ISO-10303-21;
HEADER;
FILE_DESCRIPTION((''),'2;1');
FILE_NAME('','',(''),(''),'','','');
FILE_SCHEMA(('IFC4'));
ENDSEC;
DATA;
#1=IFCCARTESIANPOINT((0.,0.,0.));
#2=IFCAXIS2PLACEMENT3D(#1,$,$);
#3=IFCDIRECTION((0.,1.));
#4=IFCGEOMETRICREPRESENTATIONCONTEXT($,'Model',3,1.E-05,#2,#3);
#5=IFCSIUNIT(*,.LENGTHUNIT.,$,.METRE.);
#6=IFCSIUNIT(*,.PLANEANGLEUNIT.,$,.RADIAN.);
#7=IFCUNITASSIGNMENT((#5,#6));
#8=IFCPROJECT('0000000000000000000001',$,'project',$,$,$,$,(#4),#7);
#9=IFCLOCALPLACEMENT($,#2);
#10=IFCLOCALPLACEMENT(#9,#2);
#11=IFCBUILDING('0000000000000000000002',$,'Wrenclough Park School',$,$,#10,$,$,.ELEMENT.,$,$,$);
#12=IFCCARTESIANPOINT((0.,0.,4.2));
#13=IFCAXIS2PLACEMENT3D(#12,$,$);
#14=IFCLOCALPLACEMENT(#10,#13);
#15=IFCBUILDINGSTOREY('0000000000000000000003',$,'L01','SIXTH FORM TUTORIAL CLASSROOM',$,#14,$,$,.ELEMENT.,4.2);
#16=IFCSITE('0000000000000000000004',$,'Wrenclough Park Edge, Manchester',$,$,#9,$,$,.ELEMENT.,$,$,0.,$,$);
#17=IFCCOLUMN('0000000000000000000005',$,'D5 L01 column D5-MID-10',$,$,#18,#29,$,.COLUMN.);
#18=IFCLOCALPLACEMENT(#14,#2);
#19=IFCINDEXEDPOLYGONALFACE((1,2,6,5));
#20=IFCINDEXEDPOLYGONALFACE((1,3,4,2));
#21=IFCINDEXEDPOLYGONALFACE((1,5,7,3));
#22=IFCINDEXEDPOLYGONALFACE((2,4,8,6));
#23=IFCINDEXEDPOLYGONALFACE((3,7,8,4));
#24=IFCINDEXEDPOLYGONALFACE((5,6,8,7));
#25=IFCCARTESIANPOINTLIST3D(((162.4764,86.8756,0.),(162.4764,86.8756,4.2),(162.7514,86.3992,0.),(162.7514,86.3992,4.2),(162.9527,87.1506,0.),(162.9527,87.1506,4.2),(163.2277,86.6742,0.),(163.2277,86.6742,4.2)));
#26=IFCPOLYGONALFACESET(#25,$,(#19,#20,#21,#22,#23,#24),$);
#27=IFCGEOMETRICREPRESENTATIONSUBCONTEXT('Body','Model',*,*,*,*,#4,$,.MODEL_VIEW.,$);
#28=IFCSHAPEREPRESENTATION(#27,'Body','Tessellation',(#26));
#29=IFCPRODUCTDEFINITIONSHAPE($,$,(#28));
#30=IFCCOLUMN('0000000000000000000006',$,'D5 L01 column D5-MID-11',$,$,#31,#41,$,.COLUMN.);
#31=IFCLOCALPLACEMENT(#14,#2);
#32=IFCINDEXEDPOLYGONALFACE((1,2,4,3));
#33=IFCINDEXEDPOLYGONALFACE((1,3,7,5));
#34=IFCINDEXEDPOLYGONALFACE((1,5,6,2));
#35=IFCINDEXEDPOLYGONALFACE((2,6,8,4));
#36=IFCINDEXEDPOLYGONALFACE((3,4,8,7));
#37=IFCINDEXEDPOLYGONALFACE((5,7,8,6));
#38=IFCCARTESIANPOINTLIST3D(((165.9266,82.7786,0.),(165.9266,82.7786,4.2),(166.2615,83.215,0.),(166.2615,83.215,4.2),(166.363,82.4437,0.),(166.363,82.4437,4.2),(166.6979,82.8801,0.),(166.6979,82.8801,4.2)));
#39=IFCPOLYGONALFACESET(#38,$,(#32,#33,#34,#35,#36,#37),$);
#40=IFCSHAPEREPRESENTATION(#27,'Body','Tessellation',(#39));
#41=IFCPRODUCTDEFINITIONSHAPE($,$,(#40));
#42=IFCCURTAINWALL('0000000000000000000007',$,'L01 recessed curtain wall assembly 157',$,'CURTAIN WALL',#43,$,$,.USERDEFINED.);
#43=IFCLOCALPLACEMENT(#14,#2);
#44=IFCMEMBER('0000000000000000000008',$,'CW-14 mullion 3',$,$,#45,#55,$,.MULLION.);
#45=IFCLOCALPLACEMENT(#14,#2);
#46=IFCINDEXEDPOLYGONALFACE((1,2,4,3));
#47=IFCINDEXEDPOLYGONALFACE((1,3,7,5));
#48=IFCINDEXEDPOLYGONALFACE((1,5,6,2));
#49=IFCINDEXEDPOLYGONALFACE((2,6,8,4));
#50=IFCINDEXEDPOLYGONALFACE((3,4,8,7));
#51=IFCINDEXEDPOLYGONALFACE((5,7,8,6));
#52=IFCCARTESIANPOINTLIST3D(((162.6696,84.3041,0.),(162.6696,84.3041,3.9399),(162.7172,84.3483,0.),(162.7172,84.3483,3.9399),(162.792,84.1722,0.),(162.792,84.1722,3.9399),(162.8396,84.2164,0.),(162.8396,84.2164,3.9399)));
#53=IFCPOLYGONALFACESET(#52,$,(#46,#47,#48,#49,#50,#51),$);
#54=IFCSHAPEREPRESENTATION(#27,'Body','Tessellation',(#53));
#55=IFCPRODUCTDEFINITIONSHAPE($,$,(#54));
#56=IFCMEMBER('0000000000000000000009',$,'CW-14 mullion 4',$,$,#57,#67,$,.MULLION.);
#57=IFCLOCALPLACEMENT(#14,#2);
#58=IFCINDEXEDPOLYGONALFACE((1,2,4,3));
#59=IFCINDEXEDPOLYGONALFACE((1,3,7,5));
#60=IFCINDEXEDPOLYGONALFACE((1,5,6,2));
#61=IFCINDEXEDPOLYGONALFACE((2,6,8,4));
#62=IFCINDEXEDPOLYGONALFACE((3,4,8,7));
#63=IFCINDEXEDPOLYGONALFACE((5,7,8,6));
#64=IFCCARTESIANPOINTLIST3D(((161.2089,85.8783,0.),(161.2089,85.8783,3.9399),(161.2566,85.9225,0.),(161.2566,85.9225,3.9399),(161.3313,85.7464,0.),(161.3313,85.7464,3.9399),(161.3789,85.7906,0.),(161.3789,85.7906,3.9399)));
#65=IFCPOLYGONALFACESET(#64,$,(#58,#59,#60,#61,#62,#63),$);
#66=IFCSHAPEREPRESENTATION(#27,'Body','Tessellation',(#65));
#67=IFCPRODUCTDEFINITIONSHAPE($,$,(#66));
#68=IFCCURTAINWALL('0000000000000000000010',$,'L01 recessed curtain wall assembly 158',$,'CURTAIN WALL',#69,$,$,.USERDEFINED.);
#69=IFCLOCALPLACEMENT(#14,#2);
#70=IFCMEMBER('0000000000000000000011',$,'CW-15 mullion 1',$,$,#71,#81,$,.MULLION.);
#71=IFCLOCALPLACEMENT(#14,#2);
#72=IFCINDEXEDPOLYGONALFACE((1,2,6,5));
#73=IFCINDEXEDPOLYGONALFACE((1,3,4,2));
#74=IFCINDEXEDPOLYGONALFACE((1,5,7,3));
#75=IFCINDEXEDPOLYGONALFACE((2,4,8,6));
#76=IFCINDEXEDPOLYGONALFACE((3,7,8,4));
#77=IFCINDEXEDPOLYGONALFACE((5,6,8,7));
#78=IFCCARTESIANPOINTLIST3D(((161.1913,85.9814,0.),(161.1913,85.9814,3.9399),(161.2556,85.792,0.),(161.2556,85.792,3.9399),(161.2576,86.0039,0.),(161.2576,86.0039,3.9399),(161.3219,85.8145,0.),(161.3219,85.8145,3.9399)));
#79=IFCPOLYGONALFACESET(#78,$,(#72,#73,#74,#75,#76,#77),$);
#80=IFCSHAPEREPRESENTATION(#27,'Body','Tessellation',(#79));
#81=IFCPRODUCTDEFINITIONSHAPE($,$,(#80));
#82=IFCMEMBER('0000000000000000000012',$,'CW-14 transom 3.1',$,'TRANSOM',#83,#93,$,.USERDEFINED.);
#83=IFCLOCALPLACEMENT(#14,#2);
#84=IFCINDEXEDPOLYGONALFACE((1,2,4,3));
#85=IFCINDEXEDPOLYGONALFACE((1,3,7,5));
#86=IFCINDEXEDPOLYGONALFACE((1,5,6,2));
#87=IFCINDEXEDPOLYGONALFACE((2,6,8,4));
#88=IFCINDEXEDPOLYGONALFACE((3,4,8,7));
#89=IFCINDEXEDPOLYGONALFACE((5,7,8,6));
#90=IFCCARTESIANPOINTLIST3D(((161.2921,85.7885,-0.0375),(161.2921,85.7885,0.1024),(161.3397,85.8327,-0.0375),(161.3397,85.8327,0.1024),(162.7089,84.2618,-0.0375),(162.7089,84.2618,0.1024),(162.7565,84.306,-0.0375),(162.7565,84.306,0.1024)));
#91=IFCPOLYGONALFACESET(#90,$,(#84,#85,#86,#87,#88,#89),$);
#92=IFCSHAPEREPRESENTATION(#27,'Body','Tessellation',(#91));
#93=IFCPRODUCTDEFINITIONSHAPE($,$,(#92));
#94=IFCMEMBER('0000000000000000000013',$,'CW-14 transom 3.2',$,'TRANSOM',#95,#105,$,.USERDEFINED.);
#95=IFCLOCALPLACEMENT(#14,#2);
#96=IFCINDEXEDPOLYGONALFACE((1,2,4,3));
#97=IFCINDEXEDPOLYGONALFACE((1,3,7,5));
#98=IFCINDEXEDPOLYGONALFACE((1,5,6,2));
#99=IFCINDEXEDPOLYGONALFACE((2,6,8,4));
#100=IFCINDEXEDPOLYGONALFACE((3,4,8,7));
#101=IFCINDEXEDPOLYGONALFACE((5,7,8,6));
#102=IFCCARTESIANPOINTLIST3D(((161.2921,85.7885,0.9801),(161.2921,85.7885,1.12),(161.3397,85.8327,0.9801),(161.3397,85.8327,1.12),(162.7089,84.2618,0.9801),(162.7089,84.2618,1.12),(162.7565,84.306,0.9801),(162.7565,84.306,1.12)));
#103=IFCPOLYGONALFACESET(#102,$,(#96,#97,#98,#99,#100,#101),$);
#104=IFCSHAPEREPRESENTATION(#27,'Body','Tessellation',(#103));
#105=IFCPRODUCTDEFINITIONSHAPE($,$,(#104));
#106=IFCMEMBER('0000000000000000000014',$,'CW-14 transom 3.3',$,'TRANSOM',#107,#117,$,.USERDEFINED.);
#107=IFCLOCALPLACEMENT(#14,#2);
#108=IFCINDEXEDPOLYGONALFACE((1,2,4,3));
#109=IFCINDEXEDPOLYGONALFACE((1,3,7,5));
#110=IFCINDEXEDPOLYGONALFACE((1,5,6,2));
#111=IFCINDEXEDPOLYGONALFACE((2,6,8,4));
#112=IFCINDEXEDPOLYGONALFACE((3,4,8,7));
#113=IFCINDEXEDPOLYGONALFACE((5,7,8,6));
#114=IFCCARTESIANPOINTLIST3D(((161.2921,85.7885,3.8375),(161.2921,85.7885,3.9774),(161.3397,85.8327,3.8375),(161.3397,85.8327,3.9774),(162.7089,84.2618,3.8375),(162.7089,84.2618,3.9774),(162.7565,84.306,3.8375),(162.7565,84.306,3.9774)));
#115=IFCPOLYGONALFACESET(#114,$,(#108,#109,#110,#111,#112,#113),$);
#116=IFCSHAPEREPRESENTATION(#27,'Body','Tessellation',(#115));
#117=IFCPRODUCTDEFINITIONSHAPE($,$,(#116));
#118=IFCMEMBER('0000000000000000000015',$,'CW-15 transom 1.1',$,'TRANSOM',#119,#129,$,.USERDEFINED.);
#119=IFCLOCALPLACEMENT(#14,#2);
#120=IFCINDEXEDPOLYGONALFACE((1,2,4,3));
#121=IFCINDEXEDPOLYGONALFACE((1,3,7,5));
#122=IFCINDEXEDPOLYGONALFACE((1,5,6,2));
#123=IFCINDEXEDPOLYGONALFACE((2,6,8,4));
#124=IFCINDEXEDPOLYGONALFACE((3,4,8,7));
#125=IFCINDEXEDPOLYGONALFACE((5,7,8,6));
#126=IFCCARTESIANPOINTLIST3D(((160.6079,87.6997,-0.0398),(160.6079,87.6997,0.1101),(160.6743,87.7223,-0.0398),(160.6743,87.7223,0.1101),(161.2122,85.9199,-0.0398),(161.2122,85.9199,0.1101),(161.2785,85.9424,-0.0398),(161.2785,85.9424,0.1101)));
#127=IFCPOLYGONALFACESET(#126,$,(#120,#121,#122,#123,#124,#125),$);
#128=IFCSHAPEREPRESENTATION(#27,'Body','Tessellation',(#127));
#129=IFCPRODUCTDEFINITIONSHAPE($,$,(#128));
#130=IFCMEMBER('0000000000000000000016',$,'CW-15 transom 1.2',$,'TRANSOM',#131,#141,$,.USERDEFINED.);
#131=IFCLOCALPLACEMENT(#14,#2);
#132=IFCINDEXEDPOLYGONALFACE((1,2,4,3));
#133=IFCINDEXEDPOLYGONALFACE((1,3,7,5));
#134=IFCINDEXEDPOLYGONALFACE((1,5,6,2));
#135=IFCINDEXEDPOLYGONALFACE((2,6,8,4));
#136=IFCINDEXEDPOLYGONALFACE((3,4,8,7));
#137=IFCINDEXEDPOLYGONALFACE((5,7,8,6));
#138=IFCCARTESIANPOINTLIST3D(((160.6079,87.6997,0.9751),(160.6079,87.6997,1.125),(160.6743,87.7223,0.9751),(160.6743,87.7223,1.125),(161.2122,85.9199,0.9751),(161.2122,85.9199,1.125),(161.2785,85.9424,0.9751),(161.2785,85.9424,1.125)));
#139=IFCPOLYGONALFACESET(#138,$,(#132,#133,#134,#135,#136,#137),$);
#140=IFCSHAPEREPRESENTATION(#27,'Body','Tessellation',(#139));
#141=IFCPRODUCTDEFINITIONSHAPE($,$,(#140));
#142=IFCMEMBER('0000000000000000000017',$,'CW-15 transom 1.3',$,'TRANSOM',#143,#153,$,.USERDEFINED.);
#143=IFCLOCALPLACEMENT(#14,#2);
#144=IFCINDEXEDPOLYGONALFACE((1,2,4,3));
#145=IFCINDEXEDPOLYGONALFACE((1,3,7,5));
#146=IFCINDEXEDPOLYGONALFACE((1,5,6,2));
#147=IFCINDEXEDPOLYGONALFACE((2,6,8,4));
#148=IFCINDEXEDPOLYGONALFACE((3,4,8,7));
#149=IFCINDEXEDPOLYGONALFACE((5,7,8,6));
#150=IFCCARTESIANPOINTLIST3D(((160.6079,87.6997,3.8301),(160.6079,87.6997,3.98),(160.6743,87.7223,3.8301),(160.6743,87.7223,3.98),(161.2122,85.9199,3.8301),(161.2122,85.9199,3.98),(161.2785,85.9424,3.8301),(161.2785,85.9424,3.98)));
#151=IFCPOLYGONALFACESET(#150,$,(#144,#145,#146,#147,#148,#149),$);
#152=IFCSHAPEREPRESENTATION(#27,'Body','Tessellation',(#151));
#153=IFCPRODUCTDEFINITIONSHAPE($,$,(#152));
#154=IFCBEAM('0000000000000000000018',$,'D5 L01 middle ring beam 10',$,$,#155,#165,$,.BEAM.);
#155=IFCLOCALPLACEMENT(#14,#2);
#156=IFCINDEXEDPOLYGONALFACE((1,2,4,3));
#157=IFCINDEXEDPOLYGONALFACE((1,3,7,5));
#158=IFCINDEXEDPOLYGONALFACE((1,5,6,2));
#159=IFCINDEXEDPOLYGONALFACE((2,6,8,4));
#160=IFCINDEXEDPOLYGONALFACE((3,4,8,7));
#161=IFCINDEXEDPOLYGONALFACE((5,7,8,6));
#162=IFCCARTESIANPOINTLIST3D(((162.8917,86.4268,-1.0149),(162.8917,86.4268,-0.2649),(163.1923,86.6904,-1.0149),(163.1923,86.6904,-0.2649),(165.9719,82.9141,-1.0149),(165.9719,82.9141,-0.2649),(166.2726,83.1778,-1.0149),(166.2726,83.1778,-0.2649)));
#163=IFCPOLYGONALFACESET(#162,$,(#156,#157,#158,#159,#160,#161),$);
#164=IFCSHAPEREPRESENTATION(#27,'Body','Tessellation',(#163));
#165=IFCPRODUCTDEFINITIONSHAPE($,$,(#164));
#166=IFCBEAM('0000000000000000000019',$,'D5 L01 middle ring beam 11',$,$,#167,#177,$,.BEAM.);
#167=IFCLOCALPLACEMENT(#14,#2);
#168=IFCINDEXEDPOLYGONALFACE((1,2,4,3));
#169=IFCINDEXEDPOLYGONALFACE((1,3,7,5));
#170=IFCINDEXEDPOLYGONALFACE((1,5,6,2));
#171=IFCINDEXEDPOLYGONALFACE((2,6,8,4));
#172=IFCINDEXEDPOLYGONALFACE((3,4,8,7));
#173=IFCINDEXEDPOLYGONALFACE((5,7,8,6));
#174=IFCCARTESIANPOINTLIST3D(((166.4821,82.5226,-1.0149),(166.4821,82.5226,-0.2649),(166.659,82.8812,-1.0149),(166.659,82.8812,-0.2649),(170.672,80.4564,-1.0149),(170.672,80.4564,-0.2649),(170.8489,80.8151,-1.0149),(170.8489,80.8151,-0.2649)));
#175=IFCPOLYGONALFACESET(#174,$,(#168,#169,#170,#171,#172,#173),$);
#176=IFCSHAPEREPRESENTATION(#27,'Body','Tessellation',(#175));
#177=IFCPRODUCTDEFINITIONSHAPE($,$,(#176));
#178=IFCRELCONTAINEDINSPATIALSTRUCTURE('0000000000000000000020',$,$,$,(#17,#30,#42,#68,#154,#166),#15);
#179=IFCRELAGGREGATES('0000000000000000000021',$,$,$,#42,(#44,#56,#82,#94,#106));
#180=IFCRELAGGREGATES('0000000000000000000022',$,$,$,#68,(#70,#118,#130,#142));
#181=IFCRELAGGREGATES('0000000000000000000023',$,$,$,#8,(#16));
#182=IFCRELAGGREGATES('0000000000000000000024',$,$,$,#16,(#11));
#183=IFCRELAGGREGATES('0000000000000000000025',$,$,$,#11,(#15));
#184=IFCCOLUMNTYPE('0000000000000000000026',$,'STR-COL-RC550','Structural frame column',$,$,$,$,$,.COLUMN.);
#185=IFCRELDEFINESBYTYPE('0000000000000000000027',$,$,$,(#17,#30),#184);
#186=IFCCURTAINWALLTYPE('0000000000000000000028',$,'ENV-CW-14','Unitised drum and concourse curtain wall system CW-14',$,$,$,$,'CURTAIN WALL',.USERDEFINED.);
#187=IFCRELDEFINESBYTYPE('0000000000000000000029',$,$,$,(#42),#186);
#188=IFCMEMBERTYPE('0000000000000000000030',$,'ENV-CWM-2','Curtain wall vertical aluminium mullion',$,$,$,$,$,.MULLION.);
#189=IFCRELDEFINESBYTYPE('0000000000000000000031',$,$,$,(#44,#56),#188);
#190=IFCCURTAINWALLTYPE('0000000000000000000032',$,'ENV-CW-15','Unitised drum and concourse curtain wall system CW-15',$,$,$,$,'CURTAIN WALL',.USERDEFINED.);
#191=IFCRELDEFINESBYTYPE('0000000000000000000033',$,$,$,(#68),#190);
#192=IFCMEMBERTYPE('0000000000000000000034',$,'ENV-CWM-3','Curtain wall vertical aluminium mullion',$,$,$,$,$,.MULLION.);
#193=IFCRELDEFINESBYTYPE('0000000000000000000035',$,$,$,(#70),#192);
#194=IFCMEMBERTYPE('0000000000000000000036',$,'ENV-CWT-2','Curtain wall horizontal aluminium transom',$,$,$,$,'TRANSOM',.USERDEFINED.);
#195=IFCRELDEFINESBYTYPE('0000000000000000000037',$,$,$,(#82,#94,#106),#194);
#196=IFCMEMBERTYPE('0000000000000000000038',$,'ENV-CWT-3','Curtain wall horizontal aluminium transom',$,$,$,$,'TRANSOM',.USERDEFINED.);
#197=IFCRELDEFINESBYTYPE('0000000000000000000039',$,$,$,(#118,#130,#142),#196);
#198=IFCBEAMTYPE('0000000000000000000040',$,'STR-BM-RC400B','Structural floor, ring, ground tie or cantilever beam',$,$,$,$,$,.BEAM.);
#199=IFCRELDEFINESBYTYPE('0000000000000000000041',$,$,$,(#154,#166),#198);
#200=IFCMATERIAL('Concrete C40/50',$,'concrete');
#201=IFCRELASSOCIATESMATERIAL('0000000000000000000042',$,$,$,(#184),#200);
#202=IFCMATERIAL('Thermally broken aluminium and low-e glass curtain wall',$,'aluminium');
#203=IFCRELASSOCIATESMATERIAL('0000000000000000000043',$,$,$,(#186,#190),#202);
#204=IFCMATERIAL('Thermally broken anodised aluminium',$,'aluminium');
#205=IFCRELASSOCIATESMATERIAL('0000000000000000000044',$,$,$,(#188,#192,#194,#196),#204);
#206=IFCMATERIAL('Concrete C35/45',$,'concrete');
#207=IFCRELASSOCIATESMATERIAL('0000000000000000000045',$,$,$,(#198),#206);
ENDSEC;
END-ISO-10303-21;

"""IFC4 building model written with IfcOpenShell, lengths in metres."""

from ifc_helpers import new_model, si_unit, direction, frame, origin, origin_2d, place, context, subcontext, project, spatial, rectangle, extrude, material, material_profile, profile_set, type_object, element, aggregate, save


model = new_model("IFC4")

# Units and contexts
model_context = context("Model", 3, precision=1e-05, world=origin(), true_north=direction((0.0, 1.0)))
body_context = subcontext(model_context, "Body", "Model", "MODEL_VIEW")
ifc_project = project(units=[si_unit("LENGTHUNIT", "METRE"), si_unit("PLANEANGLEUNIT", "RADIAN")], contexts=[model_context])

# Site, building, storey
site_placement = place(None, origin())
site = spatial("IfcSite", under=ifc_project, at=site_placement, Name="Wrenclough Park Edge, Manchester", CompositionType="ELEMENT", RefElevation=0.0)
building_placement = place(site_placement, origin())
building = spatial("IfcBuilding", under=site, at=building_placement, Name="Wrenclough Park School", CompositionType="ELEMENT")
storey_placement = place(building_placement, frame((0.0, 0.0, 4.2)))
storey = spatial("IfcBuildingStorey", under=building, at=storey_placement, Name="L01", Description="SIXTH FORM TUTORIAL CLASSROOM", CompositionType="ELEMENT", Elevation=4.2)

# Columns
ifc_material_1 = material(Name="Concrete C40/50", Category="concrete")
ifc_material_profile_1 = material_profile(ifc_material_1, rectangle(XDim=0.55, YDim=0.55, at=origin_2d()), Name="RC COL 550x550")
ifc_profile_set_1 = profile_set([ifc_material_profile_1], Name="Concrete C40/50")
column_type = type_object("IfcColumnType", Name="STR-COL-RC550", Description="Structural frame column", PredefinedType="COLUMN", material=ifc_profile_set_1)
for number, where, z_axis, x_axis, name in (
    (1, (162.8521, 86.7749, 0.0), (0.0, 0.0, 1.0), (0.5, -0.866025, 0.0), "D5 L01 column D5-MID-10"),
    (2, (166.3123, 82.8293, 0.0), (0.0, 0.0, 1.0), (0.793353, -0.608761, 0.0), "D5 L01 column D5-MID-11"),
):
    element("IfcColumn", number, at=place(storey_placement, frame(where, z_axis=z_axis, x_axis=x_axis)), inside=storey, type_object=column_type, Name=name, PredefinedType="COLUMN", context=body_context, shape_type="SweptSolid", body=[
        extrude(rectangle(XDim=0.55, YDim=0.55, at=origin_2d()), origin(), (0.0, 0.0, 1.0), 4.2),
    ])

# Curtain wall, members
ifc_material_2 = material(Name="Thermally broken aluminium and low-e glass curtain wall", Category="aluminium")
curtain_wall_type_1 = type_object("IfcCurtainWallType", Name="ENV-CW-14", Description="Unitised drum and concourse curtain wall system CW-14", ElementType="CURTAIN WALL", PredefinedType="USERDEFINED", material=ifc_material_2)
curtain_wall_1_placement = place(storey_placement, origin())
curtain_wall_1 = element("IfcCurtainWall", 3, at=curtain_wall_1_placement, inside=storey, type_object=curtain_wall_type_1, Name="L01 recessed curtain wall assembly 157", ObjectType="CURTAIN WALL", PredefinedType="USERDEFINED")
ifc_material_3 = material(Name="Thermally broken anodised aluminium", Category="aluminium")
ifc_material_profile_2 = material_profile(ifc_material_3, rectangle(XDim=0.0649, YDim=0.1799, at=origin_2d()), Name="AL MULLION 65x180")
ifc_profile_set_2 = profile_set([ifc_material_profile_2], Name="Thermally broken anodised aluminium")
member_type_1 = type_object("IfcMemberType", Name="ENV-CWM-2", Description="Curtain wall vertical aluminium mullion", PredefinedType="MULLION", material=ifc_profile_set_2)
member_1_placement = place(storey_placement, frame((162.7546, 84.2603, 0.0), z_axis=(0.0, 0.0, 1.0), x_axis=(-0.733013, -0.680215, 0.0)))
member_1 = element("IfcMember", 4, at=member_1_placement, type_object=member_type_1, Name="CW-14 mullion 3", PredefinedType="MULLION", context=body_context, shape_type="SweptSolid", body=[
    extrude(rectangle(XDim=0.0649, YDim=0.1799, at=origin_2d()), origin(), (0.0, 0.0, 1.0), 3.9399),
])
member_2_placement = place(storey_placement, frame((161.2939, 85.8345, 0.0), z_axis=(0.0, 0.0, 1.0), x_axis=(-0.733013, -0.680215, 0.0)))
member_2 = element("IfcMember", 5, at=member_2_placement, type_object=member_type_1, Name="CW-14 mullion 4", PredefinedType="MULLION", context=body_context, shape_type="SweptSolid", body=[
    extrude(rectangle(XDim=0.0649, YDim=0.1799, at=origin_2d()), origin(), (0.0, 0.0, 1.0), 3.9399),
])

# Curtain wall, member
curtain_wall_type_2 = type_object("IfcCurtainWallType", Name="ENV-CW-15", Description="Unitised drum and concourse curtain wall system CW-15", ElementType="CURTAIN WALL", PredefinedType="USERDEFINED", material=ifc_material_2)
curtain_wall_2_placement = place(storey_placement, origin())
curtain_wall_2 = element("IfcCurtainWall", 6, at=curtain_wall_2_placement, inside=storey, type_object=curtain_wall_type_2, Name="L01 recessed curtain wall assembly 158", ObjectType="CURTAIN WALL", PredefinedType="USERDEFINED")
ifc_material_profile_3 = material_profile(ifc_material_3, rectangle(XDim=0.0701, YDim=0.2, at=origin_2d()), Name="AL MULLION 70x200")
ifc_profile_set_3 = profile_set([ifc_material_profile_3], Name="Thermally broken anodised aluminium")
member_type_2 = type_object("IfcMemberType", Name="ENV-CWM-3", Description="Curtain wall vertical aluminium mullion", PredefinedType="MULLION", material=ifc_profile_set_3)
member_3_placement = place(storey_placement, frame((161.2566, 85.8979, 0.0), z_axis=(0.0, 0.0, 1.0), x_axis=(-0.946934, -0.321429, 0.0)))
member_3 = element("IfcMember", 7, at=member_3_placement, type_object=member_type_2, Name="CW-15 mullion 1", PredefinedType="MULLION", context=body_context, shape_type="SweptSolid", body=[
    extrude(rectangle(XDim=0.0701, YDim=0.2, at=origin_2d()), origin(), (0.0, 0.0, 1.0), 3.9399),
])

# Members
ifc_material_profile_4 = material_profile(ifc_material_3, rectangle(XDim=0.0649, YDim=0.1399, at=origin_2d()), Name="AL TRANSOM 65x140")
ifc_profile_set_4 = profile_set([ifc_material_profile_4], Name="Thermally broken anodised aluminium")
member_type_3 = type_object("IfcMemberType", Name="ENV-CWT-2", Description="Curtain wall horizontal aluminium transom", ElementType="TRANSOM", PredefinedType="USERDEFINED", material=ifc_profile_set_4)
member_4_placement = place(storey_placement, frame((162.7327, 84.2839, 0.0325), z_axis=(-0.68024, 0.73299, 0.0), x_axis=(-0.73299, -0.68024, 0.0)))
member_4 = element("IfcMember", 8, at=member_4_placement, type_object=member_type_3, Name="CW-14 transom 3.1", ObjectType="TRANSOM", PredefinedType="USERDEFINED", context=body_context, shape_type="SweptSolid", body=[
    extrude(rectangle(XDim=0.0649, YDim=0.1399, at=origin_2d()), origin(), (0.0, 0.0, 1.0), 2.0828),
])
member_5_placement = place(storey_placement, frame((162.7327, 84.2839, 1.05), z_axis=(-0.68024, 0.73299, 0.0), x_axis=(-0.73299, -0.68024, 0.0)))
member_5 = element("IfcMember", 9, at=member_5_placement, type_object=member_type_3, Name="CW-14 transom 3.2", ObjectType="TRANSOM", PredefinedType="USERDEFINED", context=body_context, shape_type="SweptSolid", body=[
    extrude(rectangle(XDim=0.0649, YDim=0.1399, at=origin_2d()), origin(), (0.0, 0.0, 1.0), 2.0828),
])
member_6_placement = place(storey_placement, frame((162.7327, 84.2839, 3.9075), z_axis=(-0.68024, 0.73299, 0.0), x_axis=(-0.73299, -0.68024, 0.0)))
member_6 = element("IfcMember", 10, at=member_6_placement, type_object=member_type_3, Name="CW-14 transom 3.3", ObjectType="TRANSOM", PredefinedType="USERDEFINED", context=body_context, shape_type="SweptSolid", body=[
    extrude(rectangle(XDim=0.0649, YDim=0.1399, at=origin_2d()), origin(), (0.0, 0.0, 1.0), 2.0828),
])
ifc_material_profile_5 = material_profile(ifc_material_3, rectangle(XDim=0.0701, YDim=0.1499, at=origin_2d()), Name="AL TRANSOM 70x150")
ifc_profile_set_5 = profile_set([ifc_material_profile_5], Name="Thermally broken anodised aluminium")
member_type_4 = type_object("IfcMemberType", Name="ENV-CWT-3", Description="Curtain wall horizontal aluminium transom", ElementType="TRANSOM", PredefinedType="USERDEFINED", material=ifc_profile_set_5)
member_7_placement = place(storey_placement, frame((161.2454, 85.9312, 0.0352), z_axis=(-0.321484, 0.946915, 0.0), x_axis=(-0.946915, -0.321484, 0.0)))
member_7 = element("IfcMember", 11, at=member_7_placement, type_object=member_type_4, Name="CW-15 transom 1.1", ObjectType="TRANSOM", PredefinedType="USERDEFINED", context=body_context, shape_type="SweptSolid", body=[
    extrude(rectangle(XDim=0.0701, YDim=0.1499, at=origin_2d()), origin(), (0.0, 0.0, 1.0), 1.8796),
])
member_8_placement = place(storey_placement, frame((161.2454, 85.9312, 1.05), z_axis=(-0.321484, 0.946915, 0.0), x_axis=(-0.946915, -0.321484, 0.0)))
member_8 = element("IfcMember", 12, at=member_8_placement, type_object=member_type_4, Name="CW-15 transom 1.2", ObjectType="TRANSOM", PredefinedType="USERDEFINED", context=body_context, shape_type="SweptSolid", body=[
    extrude(rectangle(XDim=0.0701, YDim=0.1499, at=origin_2d()), origin(), (0.0, 0.0, 1.0), 1.8796),
])
member_9_placement = place(storey_placement, frame((161.2454, 85.9312, 3.905), z_axis=(-0.321484, 0.946915, 0.0), x_axis=(-0.946915, -0.321484, 0.0)))
member_9 = element("IfcMember", 13, at=member_9_placement, type_object=member_type_4, Name="CW-15 transom 1.3", ObjectType="TRANSOM", PredefinedType="USERDEFINED", context=body_context, shape_type="SweptSolid", body=[
    extrude(rectangle(XDim=0.0701, YDim=0.1499, at=origin_2d()), origin(), (0.0, 0.0, 1.0), 1.8796),
])

# Beams
ifc_material_4 = material(Name="Concrete C35/45", Category="concrete")
ifc_material_profile_6 = material_profile(ifc_material_4, rectangle(XDim=0.3999, YDim=0.75, at=origin_2d()), Name="RC BEAM 400x750")
ifc_profile_set_6 = profile_set([ifc_material_profile_6], Name="Concrete C35/45")
beam_type_1 = type_object("IfcBeamType", Name="STR-BM-RC400B", Description="Structural floor, ring, ground tie or cantilever beam", PredefinedType="BEAM", material=ifc_profile_set_6)
beam_1_placement = place(storey_placement, frame((163.042, 86.5586, -0.6399), z_axis=(0.659318, -0.751864, 0.0), x_axis=(0.751864, 0.659318, 0.0)))
element("IfcBeam", 14, at=beam_1_placement, inside=storey, type_object=beam_type_1, Name="D5 L01 middle ring beam 10", PredefinedType="BEAM", context=body_context, shape_type="SweptSolid", body=[
    extrude(rectangle(XDim=0.3999, YDim=0.75, at=origin_2d()), origin(), (0.0, 0.0, 1.0), 4.6719),
])
beam_2_placement = place(storey_placement, frame((166.5706, 82.7019, -0.6399), z_axis=(0.89688, -0.442273, 0.0), x_axis=(0.442273, 0.89688, 0.0)))
element("IfcBeam", 15, at=beam_2_placement, inside=storey, type_object=beam_type_1, Name="D5 L01 middle ring beam 11", PredefinedType="BEAM", context=body_context, shape_type="SweptSolid", body=[
    extrude(rectangle(XDim=0.3999, YDim=0.75, at=origin_2d()), origin(), (0.0, 0.0, 1.0), 4.6716),
])

aggregate(curtain_wall_1, [member_1, member_2, member_4, member_5, member_6])
aggregate(curtain_wall_2, [member_3, member_7, member_8, member_9])

save(model, "model.ifc")
